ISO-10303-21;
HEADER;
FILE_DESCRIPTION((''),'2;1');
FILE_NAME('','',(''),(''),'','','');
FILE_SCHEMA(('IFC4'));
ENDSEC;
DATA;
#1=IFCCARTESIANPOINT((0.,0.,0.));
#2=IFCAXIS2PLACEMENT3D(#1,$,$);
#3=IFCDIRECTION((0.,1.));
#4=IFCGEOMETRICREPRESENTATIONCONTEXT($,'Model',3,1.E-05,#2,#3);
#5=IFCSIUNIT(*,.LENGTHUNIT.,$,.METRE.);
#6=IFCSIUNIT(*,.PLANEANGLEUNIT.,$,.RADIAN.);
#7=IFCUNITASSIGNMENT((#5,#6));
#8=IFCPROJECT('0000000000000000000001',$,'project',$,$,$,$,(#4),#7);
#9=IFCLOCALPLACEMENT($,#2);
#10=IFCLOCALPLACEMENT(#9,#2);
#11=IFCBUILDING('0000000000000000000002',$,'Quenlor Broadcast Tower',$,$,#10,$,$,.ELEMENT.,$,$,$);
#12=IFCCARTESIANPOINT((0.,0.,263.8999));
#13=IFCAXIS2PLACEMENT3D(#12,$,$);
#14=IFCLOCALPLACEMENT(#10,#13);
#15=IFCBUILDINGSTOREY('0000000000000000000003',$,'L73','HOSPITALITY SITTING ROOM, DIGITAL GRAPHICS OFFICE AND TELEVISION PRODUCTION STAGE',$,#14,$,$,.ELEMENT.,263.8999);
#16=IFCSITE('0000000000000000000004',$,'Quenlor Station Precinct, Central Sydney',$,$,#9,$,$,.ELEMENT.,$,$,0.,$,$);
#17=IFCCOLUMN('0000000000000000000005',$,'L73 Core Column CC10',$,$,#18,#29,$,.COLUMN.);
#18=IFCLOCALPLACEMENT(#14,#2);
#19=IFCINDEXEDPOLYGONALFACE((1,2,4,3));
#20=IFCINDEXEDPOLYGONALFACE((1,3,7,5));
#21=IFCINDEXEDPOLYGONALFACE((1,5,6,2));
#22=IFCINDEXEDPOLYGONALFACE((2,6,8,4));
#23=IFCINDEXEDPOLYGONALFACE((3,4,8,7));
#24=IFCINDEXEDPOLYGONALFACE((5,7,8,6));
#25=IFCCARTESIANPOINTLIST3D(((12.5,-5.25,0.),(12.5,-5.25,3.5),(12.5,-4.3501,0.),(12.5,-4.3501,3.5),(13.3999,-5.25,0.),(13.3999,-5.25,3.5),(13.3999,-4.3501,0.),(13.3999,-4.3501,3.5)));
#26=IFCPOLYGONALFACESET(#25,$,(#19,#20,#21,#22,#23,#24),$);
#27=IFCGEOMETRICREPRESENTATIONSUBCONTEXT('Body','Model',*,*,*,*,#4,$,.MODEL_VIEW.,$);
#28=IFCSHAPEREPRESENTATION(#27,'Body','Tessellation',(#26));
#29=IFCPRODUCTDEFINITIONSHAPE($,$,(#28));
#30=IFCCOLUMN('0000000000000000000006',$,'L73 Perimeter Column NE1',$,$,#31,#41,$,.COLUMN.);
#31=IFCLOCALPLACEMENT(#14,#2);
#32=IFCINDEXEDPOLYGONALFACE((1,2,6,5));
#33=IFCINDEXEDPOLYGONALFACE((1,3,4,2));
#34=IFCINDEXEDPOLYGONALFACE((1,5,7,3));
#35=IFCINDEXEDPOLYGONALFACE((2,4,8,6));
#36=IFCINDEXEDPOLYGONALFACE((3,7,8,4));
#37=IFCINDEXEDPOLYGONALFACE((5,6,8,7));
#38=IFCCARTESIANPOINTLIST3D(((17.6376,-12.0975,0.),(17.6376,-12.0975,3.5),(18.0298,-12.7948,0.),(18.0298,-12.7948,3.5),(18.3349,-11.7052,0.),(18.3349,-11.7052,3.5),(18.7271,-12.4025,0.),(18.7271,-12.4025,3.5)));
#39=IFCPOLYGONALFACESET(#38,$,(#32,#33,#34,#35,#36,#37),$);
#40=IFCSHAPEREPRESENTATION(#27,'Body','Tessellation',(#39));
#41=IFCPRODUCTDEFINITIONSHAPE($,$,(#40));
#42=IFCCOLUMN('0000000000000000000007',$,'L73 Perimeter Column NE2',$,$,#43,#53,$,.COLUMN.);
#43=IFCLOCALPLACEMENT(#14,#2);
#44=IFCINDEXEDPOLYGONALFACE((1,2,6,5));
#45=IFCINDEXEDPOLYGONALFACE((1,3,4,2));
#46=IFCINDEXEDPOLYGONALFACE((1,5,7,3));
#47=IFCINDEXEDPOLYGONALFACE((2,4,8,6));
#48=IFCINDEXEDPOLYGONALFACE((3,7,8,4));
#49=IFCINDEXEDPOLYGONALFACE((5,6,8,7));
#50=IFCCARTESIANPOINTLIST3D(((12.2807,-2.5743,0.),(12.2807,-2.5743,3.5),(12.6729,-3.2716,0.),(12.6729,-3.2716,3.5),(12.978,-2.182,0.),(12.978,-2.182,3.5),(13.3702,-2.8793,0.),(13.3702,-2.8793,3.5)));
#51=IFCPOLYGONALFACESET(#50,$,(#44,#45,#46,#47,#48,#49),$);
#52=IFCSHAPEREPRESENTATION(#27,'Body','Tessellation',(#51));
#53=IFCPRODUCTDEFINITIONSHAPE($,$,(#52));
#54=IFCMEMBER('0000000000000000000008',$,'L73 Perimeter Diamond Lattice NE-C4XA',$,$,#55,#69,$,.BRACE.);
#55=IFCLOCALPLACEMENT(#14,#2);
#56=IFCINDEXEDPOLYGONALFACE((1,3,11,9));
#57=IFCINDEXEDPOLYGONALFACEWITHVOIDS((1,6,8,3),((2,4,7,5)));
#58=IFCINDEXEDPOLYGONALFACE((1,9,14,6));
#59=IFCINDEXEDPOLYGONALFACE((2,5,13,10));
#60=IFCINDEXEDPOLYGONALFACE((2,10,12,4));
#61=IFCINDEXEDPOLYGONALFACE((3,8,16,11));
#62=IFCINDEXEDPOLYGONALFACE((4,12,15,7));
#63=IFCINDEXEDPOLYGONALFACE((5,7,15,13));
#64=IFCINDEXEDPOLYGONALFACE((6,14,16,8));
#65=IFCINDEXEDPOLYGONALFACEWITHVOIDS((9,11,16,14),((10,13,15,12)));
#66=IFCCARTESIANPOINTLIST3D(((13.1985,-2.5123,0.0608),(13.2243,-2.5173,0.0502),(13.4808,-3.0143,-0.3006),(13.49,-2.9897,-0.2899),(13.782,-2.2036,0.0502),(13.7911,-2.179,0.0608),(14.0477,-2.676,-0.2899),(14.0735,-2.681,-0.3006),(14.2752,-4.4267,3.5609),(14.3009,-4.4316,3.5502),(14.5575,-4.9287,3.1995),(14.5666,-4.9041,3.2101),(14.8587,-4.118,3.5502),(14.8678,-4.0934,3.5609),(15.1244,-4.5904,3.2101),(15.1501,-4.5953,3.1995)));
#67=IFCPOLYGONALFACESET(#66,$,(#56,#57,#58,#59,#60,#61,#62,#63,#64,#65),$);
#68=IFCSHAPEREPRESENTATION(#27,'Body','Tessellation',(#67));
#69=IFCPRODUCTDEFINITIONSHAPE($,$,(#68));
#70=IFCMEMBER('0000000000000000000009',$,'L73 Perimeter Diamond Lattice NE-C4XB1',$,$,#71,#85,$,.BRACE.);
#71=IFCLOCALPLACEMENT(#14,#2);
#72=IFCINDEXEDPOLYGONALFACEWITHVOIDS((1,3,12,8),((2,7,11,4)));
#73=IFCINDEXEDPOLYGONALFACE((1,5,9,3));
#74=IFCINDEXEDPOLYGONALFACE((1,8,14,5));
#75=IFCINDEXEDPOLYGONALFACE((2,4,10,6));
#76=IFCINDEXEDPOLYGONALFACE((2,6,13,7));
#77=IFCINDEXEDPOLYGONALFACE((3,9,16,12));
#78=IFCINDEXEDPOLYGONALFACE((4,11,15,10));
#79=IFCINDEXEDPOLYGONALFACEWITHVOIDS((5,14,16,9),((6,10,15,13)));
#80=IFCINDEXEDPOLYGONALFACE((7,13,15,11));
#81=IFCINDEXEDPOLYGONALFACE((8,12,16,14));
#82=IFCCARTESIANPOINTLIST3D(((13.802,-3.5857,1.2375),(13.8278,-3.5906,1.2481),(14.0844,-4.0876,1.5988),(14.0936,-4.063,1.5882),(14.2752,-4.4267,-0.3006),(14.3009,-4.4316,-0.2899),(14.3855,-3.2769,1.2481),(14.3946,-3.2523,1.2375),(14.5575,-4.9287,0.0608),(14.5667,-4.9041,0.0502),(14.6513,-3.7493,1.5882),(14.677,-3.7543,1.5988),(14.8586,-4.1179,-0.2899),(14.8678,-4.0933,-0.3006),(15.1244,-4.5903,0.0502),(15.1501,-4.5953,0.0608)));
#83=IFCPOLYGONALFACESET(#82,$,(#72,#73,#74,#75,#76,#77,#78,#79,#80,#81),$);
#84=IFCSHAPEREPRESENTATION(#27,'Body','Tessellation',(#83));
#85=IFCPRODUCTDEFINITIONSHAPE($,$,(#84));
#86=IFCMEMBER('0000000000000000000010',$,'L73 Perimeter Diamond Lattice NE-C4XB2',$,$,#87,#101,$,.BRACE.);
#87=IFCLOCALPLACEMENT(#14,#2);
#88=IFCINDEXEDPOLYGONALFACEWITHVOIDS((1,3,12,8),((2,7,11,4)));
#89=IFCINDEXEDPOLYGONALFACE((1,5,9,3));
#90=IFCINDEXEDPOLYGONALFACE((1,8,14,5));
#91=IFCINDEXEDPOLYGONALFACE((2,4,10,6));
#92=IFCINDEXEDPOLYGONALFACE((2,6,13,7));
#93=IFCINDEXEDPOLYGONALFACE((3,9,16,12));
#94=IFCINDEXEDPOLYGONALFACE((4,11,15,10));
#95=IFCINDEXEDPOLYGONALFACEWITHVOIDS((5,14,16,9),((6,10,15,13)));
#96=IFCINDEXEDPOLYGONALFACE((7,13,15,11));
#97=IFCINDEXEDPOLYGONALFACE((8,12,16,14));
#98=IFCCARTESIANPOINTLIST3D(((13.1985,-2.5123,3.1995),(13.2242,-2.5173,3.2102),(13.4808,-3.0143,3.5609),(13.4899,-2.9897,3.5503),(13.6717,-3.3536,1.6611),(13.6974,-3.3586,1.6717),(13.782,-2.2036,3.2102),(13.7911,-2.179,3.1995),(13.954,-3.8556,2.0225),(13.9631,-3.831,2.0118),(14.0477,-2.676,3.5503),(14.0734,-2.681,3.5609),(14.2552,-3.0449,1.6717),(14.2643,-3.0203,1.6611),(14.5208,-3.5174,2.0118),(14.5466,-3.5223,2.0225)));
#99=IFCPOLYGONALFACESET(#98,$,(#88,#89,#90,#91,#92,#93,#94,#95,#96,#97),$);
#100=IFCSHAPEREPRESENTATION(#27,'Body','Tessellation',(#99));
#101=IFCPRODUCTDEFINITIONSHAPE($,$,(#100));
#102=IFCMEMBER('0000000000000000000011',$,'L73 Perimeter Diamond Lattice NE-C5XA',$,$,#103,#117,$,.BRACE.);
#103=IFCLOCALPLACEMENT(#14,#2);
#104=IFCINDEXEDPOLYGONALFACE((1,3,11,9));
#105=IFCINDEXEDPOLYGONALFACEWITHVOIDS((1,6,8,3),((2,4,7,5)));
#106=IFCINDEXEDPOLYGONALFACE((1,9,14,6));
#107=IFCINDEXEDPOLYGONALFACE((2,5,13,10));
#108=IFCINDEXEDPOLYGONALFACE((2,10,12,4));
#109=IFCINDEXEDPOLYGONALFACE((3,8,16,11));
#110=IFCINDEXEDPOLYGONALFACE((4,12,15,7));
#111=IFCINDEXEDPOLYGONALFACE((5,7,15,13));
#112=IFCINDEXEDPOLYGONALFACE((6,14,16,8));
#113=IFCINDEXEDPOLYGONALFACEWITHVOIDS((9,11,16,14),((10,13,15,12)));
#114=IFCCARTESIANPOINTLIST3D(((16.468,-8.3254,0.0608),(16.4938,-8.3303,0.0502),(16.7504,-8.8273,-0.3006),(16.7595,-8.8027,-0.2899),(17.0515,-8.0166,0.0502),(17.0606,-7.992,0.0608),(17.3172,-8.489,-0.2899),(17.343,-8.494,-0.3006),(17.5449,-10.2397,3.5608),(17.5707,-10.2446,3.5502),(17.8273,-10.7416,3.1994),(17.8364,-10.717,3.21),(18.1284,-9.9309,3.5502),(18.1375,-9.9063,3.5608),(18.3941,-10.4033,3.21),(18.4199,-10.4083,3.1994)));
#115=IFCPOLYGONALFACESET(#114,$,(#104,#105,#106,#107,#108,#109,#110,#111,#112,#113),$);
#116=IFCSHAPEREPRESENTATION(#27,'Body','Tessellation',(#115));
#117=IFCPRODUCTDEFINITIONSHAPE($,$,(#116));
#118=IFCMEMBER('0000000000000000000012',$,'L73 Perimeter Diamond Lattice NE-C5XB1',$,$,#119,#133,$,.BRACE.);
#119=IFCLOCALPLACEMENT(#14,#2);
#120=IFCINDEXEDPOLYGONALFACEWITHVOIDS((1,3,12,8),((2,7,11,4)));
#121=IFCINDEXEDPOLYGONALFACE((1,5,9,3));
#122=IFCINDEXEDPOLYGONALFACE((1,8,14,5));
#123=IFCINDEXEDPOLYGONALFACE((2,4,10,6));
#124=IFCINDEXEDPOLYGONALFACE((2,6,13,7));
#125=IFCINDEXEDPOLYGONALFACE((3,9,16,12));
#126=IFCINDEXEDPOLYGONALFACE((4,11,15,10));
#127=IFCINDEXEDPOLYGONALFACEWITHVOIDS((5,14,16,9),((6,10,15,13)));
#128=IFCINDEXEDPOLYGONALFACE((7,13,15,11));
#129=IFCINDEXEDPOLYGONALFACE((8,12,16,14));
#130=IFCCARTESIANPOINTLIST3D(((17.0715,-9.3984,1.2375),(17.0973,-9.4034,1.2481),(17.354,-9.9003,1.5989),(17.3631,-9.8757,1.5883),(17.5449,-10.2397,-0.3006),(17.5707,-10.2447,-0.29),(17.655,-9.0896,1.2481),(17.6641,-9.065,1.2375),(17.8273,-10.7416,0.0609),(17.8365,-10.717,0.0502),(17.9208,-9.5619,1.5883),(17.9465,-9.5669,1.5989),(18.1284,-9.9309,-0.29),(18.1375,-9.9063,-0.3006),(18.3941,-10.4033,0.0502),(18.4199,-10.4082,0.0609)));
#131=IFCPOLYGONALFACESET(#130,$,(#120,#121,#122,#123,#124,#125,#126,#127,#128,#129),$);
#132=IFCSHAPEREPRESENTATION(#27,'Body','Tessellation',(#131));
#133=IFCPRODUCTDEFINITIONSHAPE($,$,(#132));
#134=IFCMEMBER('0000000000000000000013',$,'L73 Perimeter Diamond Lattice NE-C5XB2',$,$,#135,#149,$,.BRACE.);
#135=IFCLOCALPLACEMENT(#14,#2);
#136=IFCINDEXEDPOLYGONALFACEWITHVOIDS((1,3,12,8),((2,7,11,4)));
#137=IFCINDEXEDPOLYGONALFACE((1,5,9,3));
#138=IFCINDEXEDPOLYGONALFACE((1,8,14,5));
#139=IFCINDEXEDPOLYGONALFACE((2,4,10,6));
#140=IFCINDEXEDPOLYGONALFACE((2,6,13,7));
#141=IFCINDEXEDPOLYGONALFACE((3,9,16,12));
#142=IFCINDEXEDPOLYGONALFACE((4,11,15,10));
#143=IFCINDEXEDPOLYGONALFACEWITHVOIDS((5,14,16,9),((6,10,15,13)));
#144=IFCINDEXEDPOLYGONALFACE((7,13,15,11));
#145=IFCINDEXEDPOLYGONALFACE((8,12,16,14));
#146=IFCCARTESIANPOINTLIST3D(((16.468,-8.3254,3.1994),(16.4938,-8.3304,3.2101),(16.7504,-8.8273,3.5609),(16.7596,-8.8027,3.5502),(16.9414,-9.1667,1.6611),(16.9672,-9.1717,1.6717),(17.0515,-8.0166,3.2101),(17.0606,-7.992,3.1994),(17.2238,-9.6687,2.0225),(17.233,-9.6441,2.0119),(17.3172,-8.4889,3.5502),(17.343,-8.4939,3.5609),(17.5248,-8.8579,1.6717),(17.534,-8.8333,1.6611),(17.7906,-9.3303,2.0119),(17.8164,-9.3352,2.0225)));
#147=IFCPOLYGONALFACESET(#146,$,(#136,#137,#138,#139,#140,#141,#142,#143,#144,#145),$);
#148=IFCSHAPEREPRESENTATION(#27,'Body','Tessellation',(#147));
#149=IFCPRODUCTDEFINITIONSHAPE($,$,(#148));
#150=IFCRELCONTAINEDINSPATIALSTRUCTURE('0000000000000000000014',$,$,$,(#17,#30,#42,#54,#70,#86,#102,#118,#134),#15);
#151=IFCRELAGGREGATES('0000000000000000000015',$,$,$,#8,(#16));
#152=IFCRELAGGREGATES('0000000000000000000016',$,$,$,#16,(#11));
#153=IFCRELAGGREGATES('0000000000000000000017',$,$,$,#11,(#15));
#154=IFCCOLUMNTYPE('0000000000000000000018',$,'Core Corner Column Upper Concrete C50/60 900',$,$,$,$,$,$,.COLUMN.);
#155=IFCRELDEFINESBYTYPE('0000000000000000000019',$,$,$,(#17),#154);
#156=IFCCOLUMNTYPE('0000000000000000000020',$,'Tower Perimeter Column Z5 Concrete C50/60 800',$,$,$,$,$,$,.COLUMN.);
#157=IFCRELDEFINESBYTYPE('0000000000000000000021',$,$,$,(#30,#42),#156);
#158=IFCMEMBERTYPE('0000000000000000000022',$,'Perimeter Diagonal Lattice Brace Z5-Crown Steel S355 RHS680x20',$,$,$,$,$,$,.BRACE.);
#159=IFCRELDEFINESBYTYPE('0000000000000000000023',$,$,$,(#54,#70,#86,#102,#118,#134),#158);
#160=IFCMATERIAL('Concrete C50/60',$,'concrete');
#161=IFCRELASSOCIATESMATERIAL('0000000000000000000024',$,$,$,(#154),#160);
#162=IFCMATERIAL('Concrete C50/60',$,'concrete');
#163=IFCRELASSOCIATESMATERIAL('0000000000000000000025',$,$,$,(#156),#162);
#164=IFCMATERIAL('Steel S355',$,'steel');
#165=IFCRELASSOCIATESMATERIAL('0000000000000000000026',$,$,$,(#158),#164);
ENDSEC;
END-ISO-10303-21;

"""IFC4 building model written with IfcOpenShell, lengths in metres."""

from ifc_helpers import new_model, si_unit, direction, frame, origin, origin_2d, place, context, subcontext, project, spatial, rectangle, hollow_rectangle, extrude, material, material_profile, profile_set, type_object, element, save


model = new_model("IFC4")

# Units and contexts
model_context = context("Model", 3, precision=1e-05, world=origin(), true_north=direction((0.0, 1.0)))
body_context = subcontext(model_context, "Body", "Model", "MODEL_VIEW")
ifc_project = project(units=[si_unit("LENGTHUNIT", "METRE"), si_unit("PLANEANGLEUNIT", "RADIAN")], contexts=[model_context])

# Site, building, storey
site_placement = place(None, origin())
site = spatial("IfcSite", under=ifc_project, at=site_placement, Name="Quenlor Station Precinct, Central Sydney", CompositionType="ELEMENT", RefElevation=0.0)
building_placement = place(site_placement, origin())
building = spatial("IfcBuilding", under=site, at=building_placement, Name="Quenlor Broadcast Tower", CompositionType="ELEMENT")
storey_placement = place(building_placement, frame((0.0, 0.0, 263.8999)))
storey = spatial("IfcBuildingStorey", under=building, at=storey_placement, Name="L73", Description="HOSPITALITY SITTING ROOM, DIGITAL GRAPHICS OFFICE AND TELEVISION PRODUCTION STAGE", CompositionType="ELEMENT", Elevation=263.8999)

# Columns
ifc_material_1 = material(Name="Concrete C50/60", Category="concrete")
ifc_material_profile_1 = material_profile(ifc_material_1, rectangle(XDim=0.8999, YDim=0.8999, at=origin_2d()))
ifc_profile_set_1 = profile_set([ifc_material_profile_1], Name="Concrete C50/60 RC900x900")
column_type_1 = type_object("IfcColumnType", Name="Core Corner Column Upper Concrete C50/60 900", PredefinedType="COLUMN", material=ifc_profile_set_1)
column_placement = place(storey_placement, frame((12.95, -4.8, 0.0), z_axis=(0.0, 0.0, 1.0), x_axis=(1.0, 0.0, 0.0)))
element("IfcColumn", 1, at=column_placement, inside=storey, type_object=column_type_1, Name="L73 Core Column CC10", PredefinedType="COLUMN", context=body_context, shape_type="SweptSolid", body=[
    extrude(rectangle(XDim=0.8999, YDim=0.8999, at=origin_2d()), origin(), (0.0, 0.0, 1.0), 3.5),
])
ifc_material_2 = material(Name="Concrete C50/60", Category="concrete")
ifc_material_profile_2 = material_profile(ifc_material_2, rectangle(XDim=0.8, YDim=0.8, at=origin_2d()))
ifc_profile_set_2 = profile_set([ifc_material_profile_2], Name="Concrete C50/60 RC800x800")
column_type_2 = type_object("IfcColumnType", Name="Tower Perimeter Column Z5 Concrete C50/60 800", PredefinedType="COLUMN", material=ifc_profile_set_2)
for number, where, z_axis, x_axis, name in (
    (2, (18.1824, -12.25, 0.0), (0.0, 0.0, 1.0), (0.871575, 0.490262, 0.0), "L73 Perimeter Column NE1"),
    (3, (12.8254, -2.7268, 0.0), (0.0, 0.0, 1.0), (0.871575, 0.490262, 0.0), "L73 Perimeter Column NE2"),
):
    element("IfcColumn", number, at=place(storey_placement, frame(where, z_axis=z_axis, x_axis=x_axis)), inside=storey, type_object=column_type_2, Name=name, PredefinedType="COLUMN", context=body_context, shape_type="SweptSolid", body=[
        extrude(rectangle(XDim=0.8, YDim=0.8, at=origin_2d()), origin(), (0.0, 0.0, 1.0), 3.5),
    ])

# Members
ifc_material_3 = material(Name="Steel S355", Category="steel")
ifc_material_profile_3 = material_profile(ifc_material_3, hollow_rectangle(XDim=0.6799, YDim=0.6799, WallThickness=0.02, at=origin_2d()))
ifc_profile_set_3 = profile_set([ifc_material_profile_3], Name="Steel S355 RHS680x680x20")
member_type = type_object("IfcMemberType", Name="Perimeter Diagonal Lattice Brace Z5-Crown Steel S355 RHS680x20", PredefinedType="BRACE", material=ifc_profile_set_3)
member_1_placement = place(storey_placement, frame((13.636, -2.5967, -0.1199), z_axis=(0.260564, -0.463283, 0.847039), x_axis=(0.871602, 0.490214, 0.0)))
element("IfcMember", 4, at=member_1_placement, inside=storey, type_object=member_type, Name="L73 Perimeter Diamond Lattice NE-C4XA", PredefinedType="BRACE", context=body_context, shape_type="SweptSolid", body=[
    extrude(hollow_rectangle(XDim=0.6799, YDim=0.6799, WallThickness=0.02, at=origin_2d()), origin(), (0.0, 0.0, 1.0), 4.1321),
])
member_2_placement = place(storey_placement, frame((14.7126, -4.511, -0.1199), z_axis=(-0.260577, 0.463204, 0.847078), x_axis=(-0.871555, -0.490297, 0.0)))
element("IfcMember", 5, at=member_2_placement, inside=storey, type_object=member_type, Name="L73 Perimeter Diamond Lattice NE-C4XB1", PredefinedType="BRACE", context=body_context, shape_type="SweptSolid", body=[
    extrude(hollow_rectangle(XDim=0.6799, YDim=0.6799, WallThickness=0.02, at=origin_2d()), origin(), (0.0, 0.0, 1.0), 1.8157),
])
member_3_placement = place(storey_placement, frame((14.1091, -3.438, 1.8418), z_axis=(-0.260532, 0.463257, 0.847063), x_axis=(-0.871616, -0.490189, 0.0)))
element("IfcMember", 6, at=member_3_placement, inside=storey, type_object=member_type, Name="L73 Perimeter Diamond Lattice NE-C4XB2", PredefinedType="BRACE", context=body_context, shape_type="SweptSolid", body=[
    extrude(hollow_rectangle(XDim=0.6799, YDim=0.6799, WallThickness=0.02, at=origin_2d()), origin(), (0.0, 0.0, 1.0), 1.8162),
])
member_4_placement = place(storey_placement, frame((16.9055, -8.4097, -0.1199), z_axis=(0.260619, -0.463276, 0.847026), x_axis=(0.871555, 0.490298, 0.0)))
element("IfcMember", 7, at=member_4_placement, inside=storey, type_object=member_type, Name="L73 Perimeter Diamond Lattice NE-C5XA", PredefinedType="BRACE", context=body_context, shape_type="SweptSolid", body=[
    extrude(hollow_rectangle(XDim=0.6799, YDim=0.6799, WallThickness=0.02, at=origin_2d()), origin(), (0.0, 0.0, 1.0), 4.1321),
])
member_5_placement = place(storey_placement, frame((17.9824, -10.324, -0.1199), z_axis=(-0.260686, 0.463293, 0.846996), x_axis=(-0.871508, -0.490381, 0.0)))
element("IfcMember", 8, at=member_5_placement, inside=storey, type_object=member_type, Name="L73 Perimeter Diamond Lattice NE-C5XB1", PredefinedType="BRACE", context=body_context, shape_type="SweptSolid", body=[
    extrude(hollow_rectangle(XDim=0.6799, YDim=0.6799, WallThickness=0.02, at=origin_2d()), origin(), (0.0, 0.0, 1.0), 1.8159),
])
member_6_placement = place(storey_placement, frame((17.3789, -9.251, 1.8418), z_axis=(-0.260657, 0.463241, 0.847034), x_axis=(-0.871508, -0.490381, 0.0)))
element("IfcMember", 9, at=member_6_placement, inside=storey, type_object=member_type, Name="L73 Perimeter Diamond Lattice NE-C5XB2", PredefinedType="BRACE", context=body_context, shape_type="SweptSolid", body=[
    extrude(hollow_rectangle(XDim=0.6799, YDim=0.6799, WallThickness=0.02, at=origin_2d()), origin(), (0.0, 0.0, 1.0), 1.8162),
])

save(model, "model.ifc")
